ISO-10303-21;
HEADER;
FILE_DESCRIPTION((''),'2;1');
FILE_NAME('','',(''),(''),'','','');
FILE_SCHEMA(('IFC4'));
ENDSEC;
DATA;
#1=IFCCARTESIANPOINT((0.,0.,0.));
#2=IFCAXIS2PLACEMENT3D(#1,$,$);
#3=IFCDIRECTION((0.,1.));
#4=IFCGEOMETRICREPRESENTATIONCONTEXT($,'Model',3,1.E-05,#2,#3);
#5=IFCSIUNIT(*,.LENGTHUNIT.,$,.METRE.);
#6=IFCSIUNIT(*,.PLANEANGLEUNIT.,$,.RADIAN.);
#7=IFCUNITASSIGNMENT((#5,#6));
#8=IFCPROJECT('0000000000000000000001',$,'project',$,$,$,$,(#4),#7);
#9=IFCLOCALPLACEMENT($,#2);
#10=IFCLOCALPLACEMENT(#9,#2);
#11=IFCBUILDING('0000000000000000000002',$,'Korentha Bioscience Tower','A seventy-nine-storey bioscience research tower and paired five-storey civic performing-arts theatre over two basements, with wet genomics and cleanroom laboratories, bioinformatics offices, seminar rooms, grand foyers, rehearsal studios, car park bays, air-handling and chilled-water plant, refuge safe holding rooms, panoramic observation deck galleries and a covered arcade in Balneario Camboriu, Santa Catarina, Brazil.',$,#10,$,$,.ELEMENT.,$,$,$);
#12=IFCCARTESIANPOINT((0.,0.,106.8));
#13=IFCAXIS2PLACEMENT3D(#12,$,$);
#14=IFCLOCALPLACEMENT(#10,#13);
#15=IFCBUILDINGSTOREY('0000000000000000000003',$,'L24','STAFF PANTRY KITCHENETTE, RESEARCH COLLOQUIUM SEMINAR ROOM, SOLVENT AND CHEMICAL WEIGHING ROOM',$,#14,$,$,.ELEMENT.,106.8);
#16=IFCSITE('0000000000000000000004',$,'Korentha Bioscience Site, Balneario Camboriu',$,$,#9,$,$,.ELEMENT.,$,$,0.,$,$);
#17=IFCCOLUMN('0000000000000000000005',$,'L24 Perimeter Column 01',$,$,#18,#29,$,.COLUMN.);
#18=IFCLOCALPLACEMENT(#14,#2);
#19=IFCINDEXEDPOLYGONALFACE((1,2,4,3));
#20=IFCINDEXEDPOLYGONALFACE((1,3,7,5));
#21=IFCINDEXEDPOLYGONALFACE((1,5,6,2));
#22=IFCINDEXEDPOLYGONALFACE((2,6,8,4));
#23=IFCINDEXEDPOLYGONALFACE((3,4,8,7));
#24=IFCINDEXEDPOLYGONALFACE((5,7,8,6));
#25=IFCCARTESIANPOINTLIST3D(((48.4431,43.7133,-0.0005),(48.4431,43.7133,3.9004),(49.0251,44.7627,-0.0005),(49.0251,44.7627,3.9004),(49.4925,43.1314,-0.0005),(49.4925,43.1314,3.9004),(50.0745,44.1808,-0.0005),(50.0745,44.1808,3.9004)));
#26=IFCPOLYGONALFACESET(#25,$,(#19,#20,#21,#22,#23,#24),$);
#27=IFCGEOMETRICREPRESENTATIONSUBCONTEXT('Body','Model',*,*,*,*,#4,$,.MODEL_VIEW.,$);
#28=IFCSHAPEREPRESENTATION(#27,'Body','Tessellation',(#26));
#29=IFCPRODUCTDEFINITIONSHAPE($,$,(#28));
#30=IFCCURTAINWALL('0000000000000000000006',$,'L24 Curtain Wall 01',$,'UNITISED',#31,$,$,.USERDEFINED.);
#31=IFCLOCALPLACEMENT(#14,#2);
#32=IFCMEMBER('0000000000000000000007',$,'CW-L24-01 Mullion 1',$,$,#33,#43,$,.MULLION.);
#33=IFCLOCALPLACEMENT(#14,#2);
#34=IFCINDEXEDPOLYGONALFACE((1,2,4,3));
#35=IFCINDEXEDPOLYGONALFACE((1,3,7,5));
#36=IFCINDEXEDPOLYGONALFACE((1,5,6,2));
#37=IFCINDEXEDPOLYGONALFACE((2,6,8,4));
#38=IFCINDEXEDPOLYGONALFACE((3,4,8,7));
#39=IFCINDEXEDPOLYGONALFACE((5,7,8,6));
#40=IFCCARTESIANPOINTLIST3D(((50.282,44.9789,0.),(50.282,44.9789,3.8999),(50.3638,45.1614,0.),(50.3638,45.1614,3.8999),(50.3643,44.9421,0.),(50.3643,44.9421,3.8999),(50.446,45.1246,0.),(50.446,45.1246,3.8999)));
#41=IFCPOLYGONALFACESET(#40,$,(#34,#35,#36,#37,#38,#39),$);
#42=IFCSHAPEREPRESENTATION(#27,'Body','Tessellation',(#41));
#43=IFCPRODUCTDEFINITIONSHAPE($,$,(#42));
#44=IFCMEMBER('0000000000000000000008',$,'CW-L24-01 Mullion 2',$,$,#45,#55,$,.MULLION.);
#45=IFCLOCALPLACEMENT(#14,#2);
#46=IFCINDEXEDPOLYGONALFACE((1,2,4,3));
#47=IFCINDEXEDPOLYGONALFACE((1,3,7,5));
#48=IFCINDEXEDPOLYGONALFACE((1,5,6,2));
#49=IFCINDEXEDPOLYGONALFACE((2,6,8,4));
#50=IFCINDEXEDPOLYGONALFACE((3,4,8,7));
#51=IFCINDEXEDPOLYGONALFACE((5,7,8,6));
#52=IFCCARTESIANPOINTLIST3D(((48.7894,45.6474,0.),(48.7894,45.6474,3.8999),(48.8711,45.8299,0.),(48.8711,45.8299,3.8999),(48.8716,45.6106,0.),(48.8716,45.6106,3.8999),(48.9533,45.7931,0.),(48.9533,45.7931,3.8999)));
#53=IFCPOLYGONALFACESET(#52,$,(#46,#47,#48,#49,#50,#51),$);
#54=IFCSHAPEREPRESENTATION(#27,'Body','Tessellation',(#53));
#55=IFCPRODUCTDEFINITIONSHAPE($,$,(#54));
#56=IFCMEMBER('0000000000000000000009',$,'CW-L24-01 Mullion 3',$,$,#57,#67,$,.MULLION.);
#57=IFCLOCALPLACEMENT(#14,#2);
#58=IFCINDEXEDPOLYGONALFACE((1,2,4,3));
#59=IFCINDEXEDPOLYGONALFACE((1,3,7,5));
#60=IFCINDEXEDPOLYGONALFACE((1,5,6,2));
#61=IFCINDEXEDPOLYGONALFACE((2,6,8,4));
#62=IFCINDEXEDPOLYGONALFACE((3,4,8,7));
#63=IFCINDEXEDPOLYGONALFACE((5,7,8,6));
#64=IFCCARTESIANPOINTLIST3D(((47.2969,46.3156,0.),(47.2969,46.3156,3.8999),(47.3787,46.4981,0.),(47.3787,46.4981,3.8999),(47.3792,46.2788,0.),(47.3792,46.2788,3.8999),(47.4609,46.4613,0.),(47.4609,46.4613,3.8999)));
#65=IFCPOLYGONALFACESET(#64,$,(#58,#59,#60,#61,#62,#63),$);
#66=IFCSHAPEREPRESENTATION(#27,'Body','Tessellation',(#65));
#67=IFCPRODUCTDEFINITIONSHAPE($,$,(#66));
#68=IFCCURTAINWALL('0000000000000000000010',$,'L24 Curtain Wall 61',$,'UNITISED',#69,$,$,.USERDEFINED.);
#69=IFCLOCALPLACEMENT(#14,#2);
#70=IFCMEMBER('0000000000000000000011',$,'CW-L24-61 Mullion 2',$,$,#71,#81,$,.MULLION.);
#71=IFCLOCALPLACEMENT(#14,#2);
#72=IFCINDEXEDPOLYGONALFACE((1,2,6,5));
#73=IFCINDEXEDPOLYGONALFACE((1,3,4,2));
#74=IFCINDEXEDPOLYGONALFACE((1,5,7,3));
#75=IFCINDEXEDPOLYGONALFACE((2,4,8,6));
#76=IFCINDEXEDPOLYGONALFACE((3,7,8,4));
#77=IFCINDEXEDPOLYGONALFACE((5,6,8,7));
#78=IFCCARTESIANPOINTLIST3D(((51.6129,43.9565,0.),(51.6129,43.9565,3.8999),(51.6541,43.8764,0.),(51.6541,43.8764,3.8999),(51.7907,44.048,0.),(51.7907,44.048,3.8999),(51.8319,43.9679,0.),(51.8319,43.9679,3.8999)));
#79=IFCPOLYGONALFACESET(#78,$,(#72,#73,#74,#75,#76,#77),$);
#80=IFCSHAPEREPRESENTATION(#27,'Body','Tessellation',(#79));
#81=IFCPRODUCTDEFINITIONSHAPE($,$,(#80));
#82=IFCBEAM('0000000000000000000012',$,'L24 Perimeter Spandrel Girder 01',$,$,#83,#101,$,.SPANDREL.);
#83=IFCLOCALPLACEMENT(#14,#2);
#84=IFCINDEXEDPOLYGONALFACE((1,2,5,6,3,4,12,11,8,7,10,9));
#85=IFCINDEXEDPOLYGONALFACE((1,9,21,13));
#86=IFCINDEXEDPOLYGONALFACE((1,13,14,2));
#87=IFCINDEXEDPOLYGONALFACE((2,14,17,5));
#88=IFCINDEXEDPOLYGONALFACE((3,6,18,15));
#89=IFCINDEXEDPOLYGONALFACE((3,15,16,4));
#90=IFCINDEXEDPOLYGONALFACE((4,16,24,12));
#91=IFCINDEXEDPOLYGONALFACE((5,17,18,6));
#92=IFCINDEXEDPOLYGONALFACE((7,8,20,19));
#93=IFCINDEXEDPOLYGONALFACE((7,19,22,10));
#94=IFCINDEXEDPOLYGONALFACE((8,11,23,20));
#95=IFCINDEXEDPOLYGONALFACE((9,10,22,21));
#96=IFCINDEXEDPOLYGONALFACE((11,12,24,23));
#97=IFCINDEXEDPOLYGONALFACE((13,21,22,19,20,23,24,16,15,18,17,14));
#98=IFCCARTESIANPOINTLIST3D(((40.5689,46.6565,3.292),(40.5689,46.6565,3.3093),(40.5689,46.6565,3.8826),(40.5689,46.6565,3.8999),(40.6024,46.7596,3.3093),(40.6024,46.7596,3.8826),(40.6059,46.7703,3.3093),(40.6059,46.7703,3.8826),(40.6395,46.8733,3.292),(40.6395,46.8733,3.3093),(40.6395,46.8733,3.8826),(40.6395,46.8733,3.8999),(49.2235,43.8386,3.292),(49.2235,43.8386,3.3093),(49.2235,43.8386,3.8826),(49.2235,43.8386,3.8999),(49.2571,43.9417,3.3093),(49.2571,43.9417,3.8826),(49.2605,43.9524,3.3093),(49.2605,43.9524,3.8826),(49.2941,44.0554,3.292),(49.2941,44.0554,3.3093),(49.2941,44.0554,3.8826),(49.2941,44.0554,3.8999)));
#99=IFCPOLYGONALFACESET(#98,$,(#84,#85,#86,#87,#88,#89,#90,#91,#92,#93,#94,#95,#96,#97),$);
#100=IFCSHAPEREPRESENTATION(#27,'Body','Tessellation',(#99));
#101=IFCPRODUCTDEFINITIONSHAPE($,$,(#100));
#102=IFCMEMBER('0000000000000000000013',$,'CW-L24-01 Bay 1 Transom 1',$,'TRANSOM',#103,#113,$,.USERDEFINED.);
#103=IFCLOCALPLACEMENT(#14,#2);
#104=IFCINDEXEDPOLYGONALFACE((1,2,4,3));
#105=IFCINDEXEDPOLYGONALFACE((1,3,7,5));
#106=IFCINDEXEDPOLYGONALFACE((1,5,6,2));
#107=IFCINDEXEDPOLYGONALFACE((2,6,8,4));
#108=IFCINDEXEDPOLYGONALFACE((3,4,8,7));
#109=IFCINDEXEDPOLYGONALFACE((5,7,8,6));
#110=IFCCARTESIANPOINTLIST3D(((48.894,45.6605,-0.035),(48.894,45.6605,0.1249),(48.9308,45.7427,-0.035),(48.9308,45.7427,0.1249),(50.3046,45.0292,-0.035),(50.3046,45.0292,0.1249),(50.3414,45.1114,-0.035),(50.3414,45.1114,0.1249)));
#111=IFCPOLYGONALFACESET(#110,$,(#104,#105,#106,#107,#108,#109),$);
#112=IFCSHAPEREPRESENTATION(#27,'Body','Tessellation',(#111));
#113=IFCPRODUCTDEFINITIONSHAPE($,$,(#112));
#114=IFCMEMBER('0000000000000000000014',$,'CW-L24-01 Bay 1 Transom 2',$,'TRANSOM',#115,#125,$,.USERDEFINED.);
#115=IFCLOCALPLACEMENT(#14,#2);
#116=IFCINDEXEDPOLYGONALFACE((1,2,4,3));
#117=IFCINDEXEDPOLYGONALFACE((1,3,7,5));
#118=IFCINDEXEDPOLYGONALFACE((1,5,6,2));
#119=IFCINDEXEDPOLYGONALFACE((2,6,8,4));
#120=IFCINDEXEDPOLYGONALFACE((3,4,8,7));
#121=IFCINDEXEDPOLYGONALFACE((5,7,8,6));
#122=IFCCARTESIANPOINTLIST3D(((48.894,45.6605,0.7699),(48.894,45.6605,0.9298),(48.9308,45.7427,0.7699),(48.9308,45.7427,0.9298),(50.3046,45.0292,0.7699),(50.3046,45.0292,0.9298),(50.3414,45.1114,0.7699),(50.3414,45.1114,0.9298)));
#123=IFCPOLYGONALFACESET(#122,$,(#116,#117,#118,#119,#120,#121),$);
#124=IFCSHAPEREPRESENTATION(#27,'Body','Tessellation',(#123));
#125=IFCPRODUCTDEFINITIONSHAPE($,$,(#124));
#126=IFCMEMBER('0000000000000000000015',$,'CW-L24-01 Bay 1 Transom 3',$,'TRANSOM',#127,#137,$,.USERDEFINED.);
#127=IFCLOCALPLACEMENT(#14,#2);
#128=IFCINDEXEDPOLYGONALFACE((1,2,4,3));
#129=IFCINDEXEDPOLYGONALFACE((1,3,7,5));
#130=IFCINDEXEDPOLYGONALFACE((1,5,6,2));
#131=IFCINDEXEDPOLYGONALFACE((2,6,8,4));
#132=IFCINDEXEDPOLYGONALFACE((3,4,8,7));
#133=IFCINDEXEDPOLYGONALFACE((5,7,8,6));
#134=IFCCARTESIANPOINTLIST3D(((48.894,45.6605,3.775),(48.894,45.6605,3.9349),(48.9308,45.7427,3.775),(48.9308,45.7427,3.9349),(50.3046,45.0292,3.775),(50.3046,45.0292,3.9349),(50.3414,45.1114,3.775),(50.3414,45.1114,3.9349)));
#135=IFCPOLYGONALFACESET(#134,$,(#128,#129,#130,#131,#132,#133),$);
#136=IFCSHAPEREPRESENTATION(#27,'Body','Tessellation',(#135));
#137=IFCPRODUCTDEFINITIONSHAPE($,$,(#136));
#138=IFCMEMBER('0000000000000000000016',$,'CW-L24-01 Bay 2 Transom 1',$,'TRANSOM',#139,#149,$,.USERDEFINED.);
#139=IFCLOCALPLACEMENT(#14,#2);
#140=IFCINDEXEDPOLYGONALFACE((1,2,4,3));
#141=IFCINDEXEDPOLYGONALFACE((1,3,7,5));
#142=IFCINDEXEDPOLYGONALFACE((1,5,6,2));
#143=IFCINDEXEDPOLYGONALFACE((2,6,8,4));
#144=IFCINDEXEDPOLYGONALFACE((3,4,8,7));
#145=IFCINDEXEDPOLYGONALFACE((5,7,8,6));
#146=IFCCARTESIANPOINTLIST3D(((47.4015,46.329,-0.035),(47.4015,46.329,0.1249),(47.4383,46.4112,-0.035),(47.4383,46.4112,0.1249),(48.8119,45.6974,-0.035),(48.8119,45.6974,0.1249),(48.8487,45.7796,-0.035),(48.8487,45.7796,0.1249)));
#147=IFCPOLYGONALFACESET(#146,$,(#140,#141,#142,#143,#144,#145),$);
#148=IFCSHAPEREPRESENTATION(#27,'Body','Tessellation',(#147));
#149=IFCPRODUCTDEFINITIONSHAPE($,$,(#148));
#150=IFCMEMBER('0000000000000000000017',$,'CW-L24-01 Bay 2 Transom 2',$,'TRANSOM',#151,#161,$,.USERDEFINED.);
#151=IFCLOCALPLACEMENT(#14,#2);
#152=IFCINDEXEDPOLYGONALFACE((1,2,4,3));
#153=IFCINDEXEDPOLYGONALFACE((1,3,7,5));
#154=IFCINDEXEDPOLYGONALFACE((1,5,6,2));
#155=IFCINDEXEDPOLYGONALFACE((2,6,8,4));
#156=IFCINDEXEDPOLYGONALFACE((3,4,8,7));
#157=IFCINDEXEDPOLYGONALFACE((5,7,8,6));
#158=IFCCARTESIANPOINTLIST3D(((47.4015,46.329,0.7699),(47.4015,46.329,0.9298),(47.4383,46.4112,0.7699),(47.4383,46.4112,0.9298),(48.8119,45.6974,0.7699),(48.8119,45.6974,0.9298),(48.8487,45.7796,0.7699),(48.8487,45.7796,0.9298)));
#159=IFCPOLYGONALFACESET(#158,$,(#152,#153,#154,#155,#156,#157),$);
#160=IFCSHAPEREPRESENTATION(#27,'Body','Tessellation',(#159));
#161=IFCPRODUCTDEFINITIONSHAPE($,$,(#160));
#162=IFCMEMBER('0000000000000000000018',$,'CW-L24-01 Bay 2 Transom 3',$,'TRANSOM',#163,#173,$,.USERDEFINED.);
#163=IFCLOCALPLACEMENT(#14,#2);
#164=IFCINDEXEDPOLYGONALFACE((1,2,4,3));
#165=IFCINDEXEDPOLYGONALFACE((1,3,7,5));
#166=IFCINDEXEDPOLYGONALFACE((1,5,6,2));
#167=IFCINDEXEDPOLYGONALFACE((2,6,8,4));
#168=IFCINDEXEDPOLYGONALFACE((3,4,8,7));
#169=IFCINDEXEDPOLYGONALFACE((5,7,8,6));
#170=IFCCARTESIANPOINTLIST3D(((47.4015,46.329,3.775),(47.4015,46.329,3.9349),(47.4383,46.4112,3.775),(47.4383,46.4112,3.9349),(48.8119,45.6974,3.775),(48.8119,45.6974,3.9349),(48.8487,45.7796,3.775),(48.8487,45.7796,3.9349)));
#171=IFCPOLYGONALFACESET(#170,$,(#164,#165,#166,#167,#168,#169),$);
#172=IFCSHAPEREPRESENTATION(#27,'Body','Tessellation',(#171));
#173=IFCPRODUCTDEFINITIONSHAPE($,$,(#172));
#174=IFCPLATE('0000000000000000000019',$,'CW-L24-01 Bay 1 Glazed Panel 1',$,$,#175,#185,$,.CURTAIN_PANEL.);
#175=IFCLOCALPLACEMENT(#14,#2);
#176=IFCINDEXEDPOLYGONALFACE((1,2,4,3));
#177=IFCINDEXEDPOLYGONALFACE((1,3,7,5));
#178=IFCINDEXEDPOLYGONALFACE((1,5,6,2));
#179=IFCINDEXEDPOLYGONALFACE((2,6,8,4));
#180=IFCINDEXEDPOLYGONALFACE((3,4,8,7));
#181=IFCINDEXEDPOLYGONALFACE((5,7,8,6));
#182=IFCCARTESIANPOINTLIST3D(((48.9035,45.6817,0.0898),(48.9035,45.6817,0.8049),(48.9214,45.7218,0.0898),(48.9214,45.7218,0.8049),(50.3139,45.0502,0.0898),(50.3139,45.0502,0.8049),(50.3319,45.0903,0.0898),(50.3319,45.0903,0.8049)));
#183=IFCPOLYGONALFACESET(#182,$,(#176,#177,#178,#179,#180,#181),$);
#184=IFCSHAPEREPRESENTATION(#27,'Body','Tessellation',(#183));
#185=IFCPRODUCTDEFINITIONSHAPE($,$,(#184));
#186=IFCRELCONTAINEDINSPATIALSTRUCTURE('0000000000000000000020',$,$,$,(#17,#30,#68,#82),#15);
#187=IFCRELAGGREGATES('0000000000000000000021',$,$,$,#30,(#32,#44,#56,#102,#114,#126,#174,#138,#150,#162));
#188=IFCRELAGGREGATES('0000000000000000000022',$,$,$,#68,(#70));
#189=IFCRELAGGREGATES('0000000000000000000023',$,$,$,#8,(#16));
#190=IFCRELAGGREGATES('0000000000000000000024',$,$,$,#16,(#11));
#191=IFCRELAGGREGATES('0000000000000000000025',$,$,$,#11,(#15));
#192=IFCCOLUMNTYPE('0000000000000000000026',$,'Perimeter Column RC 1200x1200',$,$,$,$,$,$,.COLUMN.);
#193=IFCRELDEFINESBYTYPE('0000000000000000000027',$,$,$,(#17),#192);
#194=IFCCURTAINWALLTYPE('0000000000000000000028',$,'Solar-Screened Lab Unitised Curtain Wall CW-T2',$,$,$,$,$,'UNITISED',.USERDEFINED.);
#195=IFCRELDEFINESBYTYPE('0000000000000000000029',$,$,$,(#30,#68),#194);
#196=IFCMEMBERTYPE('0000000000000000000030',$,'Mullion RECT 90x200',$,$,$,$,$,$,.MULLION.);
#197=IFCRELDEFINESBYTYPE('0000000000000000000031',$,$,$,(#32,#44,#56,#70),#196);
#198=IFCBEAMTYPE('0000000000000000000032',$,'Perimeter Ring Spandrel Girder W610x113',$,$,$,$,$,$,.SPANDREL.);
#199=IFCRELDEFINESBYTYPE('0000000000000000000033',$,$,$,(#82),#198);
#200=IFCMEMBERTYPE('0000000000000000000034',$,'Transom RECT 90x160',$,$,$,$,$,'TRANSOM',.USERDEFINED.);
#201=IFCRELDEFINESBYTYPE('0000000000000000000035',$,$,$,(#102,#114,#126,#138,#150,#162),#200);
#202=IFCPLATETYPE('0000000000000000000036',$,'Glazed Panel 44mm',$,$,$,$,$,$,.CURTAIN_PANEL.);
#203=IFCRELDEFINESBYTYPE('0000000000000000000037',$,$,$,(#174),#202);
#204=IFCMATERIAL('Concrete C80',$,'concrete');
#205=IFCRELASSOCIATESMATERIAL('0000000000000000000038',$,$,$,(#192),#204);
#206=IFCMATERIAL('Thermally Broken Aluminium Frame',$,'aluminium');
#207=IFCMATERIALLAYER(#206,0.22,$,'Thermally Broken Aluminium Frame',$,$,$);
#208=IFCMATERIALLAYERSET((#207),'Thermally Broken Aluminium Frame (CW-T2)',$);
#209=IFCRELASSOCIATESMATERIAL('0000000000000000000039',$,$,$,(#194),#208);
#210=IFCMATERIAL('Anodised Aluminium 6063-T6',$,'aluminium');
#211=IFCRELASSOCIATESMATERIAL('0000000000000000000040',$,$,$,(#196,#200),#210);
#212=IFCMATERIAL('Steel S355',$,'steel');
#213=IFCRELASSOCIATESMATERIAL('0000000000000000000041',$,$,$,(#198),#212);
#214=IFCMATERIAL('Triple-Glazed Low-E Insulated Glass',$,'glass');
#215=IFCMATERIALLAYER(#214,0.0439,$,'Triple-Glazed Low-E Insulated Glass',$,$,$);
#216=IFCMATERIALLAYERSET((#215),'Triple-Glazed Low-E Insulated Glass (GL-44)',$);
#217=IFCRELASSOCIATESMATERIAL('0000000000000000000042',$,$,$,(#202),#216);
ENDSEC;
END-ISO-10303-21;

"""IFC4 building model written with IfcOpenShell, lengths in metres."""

from ifc_helpers import new_model, si_unit, direction, frame, origin, origin_2d, place, context, subcontext, project, spatial, rectangle, i_section, extrude, material, layer, layer_set, material_profile, profile_set, type_object, element, aggregate, save


model = new_model("IFC4")

# Units and contexts
model_context = context("Model", 3, precision=1e-05, world=origin(), true_north=direction((0.0, 1.0)))
body_context = subcontext(model_context, "Body", "Model", "MODEL_VIEW")
ifc_project = project(units=[si_unit("LENGTHUNIT", "METRE"), si_unit("PLANEANGLEUNIT", "RADIAN")], contexts=[model_context])

# Site, building, storey
site_placement = place(None, origin())
site = spatial("IfcSite", under=ifc_project, at=site_placement, Name="Korentha Bioscience Site, Balneario Camboriu", CompositionType="ELEMENT", RefElevation=0.0)
building_placement = place(site_placement, origin())
building = spatial("IfcBuilding", under=site, at=building_placement, Name="Korentha Bioscience Tower", Description="A seventy-nine-storey bioscience research tower and paired five-storey civic performing-arts theatre over two basements, with wet genomics and cleanroom laboratories, bioinformatics offices, seminar rooms, grand foyers, rehearsal studios, car park bays, air-handling and chilled-water plant, refuge safe holding rooms, panoramic observation deck galleries and a covered arcade in Balneario Camboriu, Santa Catarina, Brazil.", CompositionType="ELEMENT")
storey_placement = place(building_placement, frame((0.0, 0.0, 106.8)))
storey = spatial("IfcBuildingStorey", under=building, at=storey_placement, Name="L24", Description="STAFF PANTRY KITCHENETTE, RESEARCH COLLOQUIUM SEMINAR ROOM, SOLVENT AND CHEMICAL WEIGHING ROOM", CompositionType="ELEMENT", Elevation=106.8)

# Column
ifc_material_1 = material(Name="Concrete C80", Category="concrete")
ifc_material_profile_1 = material_profile(ifc_material_1, rectangle(XDim=1.2, YDim=1.2, at=origin_2d()), Name="Concrete C80")
ifc_profile_set_1 = profile_set([ifc_material_profile_1], Name="Concrete C80 (COL-P12)")
column_type = type_object("IfcColumnType", Name="Perimeter Column RC 1200x1200", PredefinedType="COLUMN", material=ifc_profile_set_1)
column_placement = place(storey_placement, frame((49.2588, 43.947, -0.0005), z_axis=(0.0, 0.0, 1.0), x_axis=(-0.874535, 0.484962, 0.0)))
element("IfcColumn", 1, at=column_placement, inside=storey, type_object=column_type, Name="L24 Perimeter Column 01", PredefinedType="COLUMN", context=body_context, shape_type="SweptSolid", body=[
    extrude(rectangle(XDim=1.2, YDim=1.2, at=origin_2d()), origin(), (0.0, 0.0, 1.0), 3.9009),
])

# Curtain wall, members
ifc_material_2 = material(Name="Thermally Broken Aluminium Frame", Category="aluminium")
ifc_layer_1 = layer(ifc_material_2, 0.22, Name="Thermally Broken Aluminium Frame")
ifc_layer_set_1 = layer_set([ifc_layer_1], Name="Thermally Broken Aluminium Frame (CW-T2)")
curtain_wall_type = type_object("IfcCurtainWallType", Name="Solar-Screened Lab Unitised Curtain Wall CW-T2", ElementType="UNITISED", PredefinedType="USERDEFINED", material=ifc_layer_set_1)
curtain_wall_1_placement = place(storey_placement, origin())
curtain_wall_1 = element("IfcCurtainWall", 2, at=curtain_wall_1_placement, inside=storey, type_object=curtain_wall_type, Name="L24 Curtain Wall 01", ObjectType="UNITISED", PredefinedType="USERDEFINED")
ifc_material_3 = material(Name="Anodised Aluminium 6063-T6", Category="aluminium")
ifc_material_profile_2 = material_profile(ifc_material_3, rectangle(XDim=0.0901, YDim=0.2, at=origin_2d()), Name="Anodised Aluminium 6063-T6")
ifc_profile_set_2 = profile_set([ifc_material_profile_2], Name="Anodised Aluminium 6063-T6 (CW-MUL)")
member_type_1 = type_object("IfcMemberType", Name="Mullion RECT 90x200", PredefinedType="MULLION", material=ifc_profile_set_2)
member_1_placement = place(storey_placement, frame((50.364, 45.0518, 0.0), z_axis=(0.0, 0.0, 1.0), x_axis=(-0.912687, 0.40866, 0.0)))
member_1 = element("IfcMember", 3, at=member_1_placement, type_object=member_type_1, Name="CW-L24-01 Mullion 1", PredefinedType="MULLION", context=body_context, shape_type="SweptSolid", body=[
    extrude(rectangle(XDim=0.0901, YDim=0.2, at=origin_2d()), origin(), (0.0, 0.0, 1.0), 3.8999),
])
member_2_placement = place(storey_placement, frame((48.8713, 45.7202, 0.0), z_axis=(0.0, 0.0, 1.0), x_axis=(-0.912687, 0.40866, 0.0)))
member_2 = element("IfcMember", 4, at=member_2_placement, type_object=member_type_1, Name="CW-L24-01 Mullion 2", PredefinedType="MULLION", context=body_context, shape_type="SweptSolid", body=[
    extrude(rectangle(XDim=0.0901, YDim=0.2, at=origin_2d()), origin(), (0.0, 0.0, 1.0), 3.8999),
])
member_3_placement = place(storey_placement, frame((47.3789, 46.3884, 0.0), z_axis=(0.0, 0.0, 1.0), x_axis=(-0.912687, 0.40866, 0.0)))
member_3 = element("IfcMember", 5, at=member_3_placement, type_object=member_type_1, Name="CW-L24-01 Mullion 3", PredefinedType="MULLION", context=body_context, shape_type="SweptSolid", body=[
    extrude(rectangle(XDim=0.0901, YDim=0.2, at=origin_2d()), origin(), (0.0, 0.0, 1.0), 3.8999),
])

# Curtain wall, member
curtain_wall_2_placement = place(storey_placement, origin())
curtain_wall_2 = element("IfcCurtainWall", 6, at=curtain_wall_2_placement, inside=storey, type_object=curtain_wall_type, Name="L24 Curtain Wall 61", ObjectType="UNITISED", PredefinedType="USERDEFINED")
member_4_placement = place(storey_placement, frame((51.7224, 43.9622, 0.0), z_axis=(0.0, 0.0, 1.0), x_axis=(-0.457613, 0.889151, 0.0)))
member_4 = element("IfcMember", 7, at=member_4_placement, type_object=member_type_1, Name="CW-L24-61 Mullion 2", PredefinedType="MULLION", context=body_context, shape_type="SweptSolid", body=[
    extrude(rectangle(XDim=0.0901, YDim=0.2, at=origin_2d()), origin(), (0.0, 0.0, 1.0), 3.8999),
])

# Beam
ifc_material_4 = material(Name="Steel S355", Category="steel")
ifc_material_profile_3 = material_profile(ifc_material_4, i_section(OverallWidth=0.228, OverallDepth=0.6079, WebThickness=0.0112, FlangeThickness=0.0173, at=origin_2d()), Name="Steel S355")
ifc_profile_set_3 = profile_set([ifc_material_profile_3], Name="Steel S355 (SB-610)")
beam_type = type_object("IfcBeamType", Name="Perimeter Ring Spandrel Girder W610x113", PredefinedType="SPANDREL", material=ifc_profile_set_3)
beam_placement = place(storey_placement, frame((49.2588, 43.947, 3.5959), z_axis=(-0.950868, 0.309597, 0.0), x_axis=(-0.309597, -0.950868, 0.0)))
element("IfcBeam", 8, at=beam_placement, inside=storey, type_object=beam_type, Name="L24 Perimeter Spandrel Girder 01", PredefinedType="SPANDREL", context=body_context, shape_type="SweptSolid", body=[
    extrude(i_section(OverallWidth=0.228, OverallDepth=0.6079, WebThickness=0.0112, FlangeThickness=0.0173, at=origin_2d()), origin(), (0.0, 0.0, 1.0), 9.1018),
])

# Members
ifc_material_profile_4 = material_profile(ifc_material_3, rectangle(XDim=0.0901, YDim=0.1599, at=origin_2d()), Name="Anodised Aluminium 6063-T6")
ifc_profile_set_4 = profile_set([ifc_material_profile_4], Name="Anodised Aluminium 6063-T6 (CW-TRN)")
member_type_2 = type_object("IfcMemberType", Name="Transom RECT 90x160", ElementType="TRANSOM", PredefinedType="USERDEFINED", material=ifc_profile_set_4)
member_5_placement = place(storey_placement, frame((50.323, 45.0703, 0.0449), z_axis=(-0.912753, 0.408512, 0.0), x_axis=(-0.408512, -0.912753, 0.0)))
member_5 = element("IfcMember", 9, at=member_5_placement, type_object=member_type_2, Name="CW-L24-01 Bay 1 Transom 1", ObjectType="TRANSOM", PredefinedType="USERDEFINED", context=body_context, shape_type="SweptSolid", body=[
    extrude(rectangle(XDim=0.0901, YDim=0.1599, at=origin_2d()), origin(), (0.0, 0.0, 1.0), 1.5454),
])
member_6_placement = place(storey_placement, frame((50.323, 45.0703, 0.8499), z_axis=(-0.912753, 0.408512, 0.0), x_axis=(-0.408512, -0.912753, 0.0)))
member_6 = element("IfcMember", 10, at=member_6_placement, type_object=member_type_2, Name="CW-L24-01 Bay 1 Transom 2", ObjectType="TRANSOM", PredefinedType="USERDEFINED", context=body_context, shape_type="SweptSolid", body=[
    extrude(rectangle(XDim=0.0901, YDim=0.1599, at=origin_2d()), origin(), (0.0, 0.0, 1.0), 1.5454),
])
member_7_placement = place(storey_placement, frame((50.323, 45.0703, 3.855), z_axis=(-0.912753, 0.408512, 0.0), x_axis=(-0.408512, -0.912753, 0.0)))
member_7 = element("IfcMember", 11, at=member_7_placement, type_object=member_type_2, Name="CW-L24-01 Bay 1 Transom 3", ObjectType="TRANSOM", PredefinedType="USERDEFINED", context=body_context, shape_type="SweptSolid", body=[
    extrude(rectangle(XDim=0.0901, YDim=0.1599, at=origin_2d()), origin(), (0.0, 0.0, 1.0), 1.5454),
])
member_8_placement = place(storey_placement, frame((48.8303, 45.7385, 0.0449), z_axis=(-0.912668, 0.408702, 0.0), x_axis=(-0.408702, -0.912668, 0.0)))
member_8 = element("IfcMember", 12, at=member_8_placement, type_object=member_type_2, Name="CW-L24-01 Bay 2 Transom 1", ObjectType="TRANSOM", PredefinedType="USERDEFINED", context=body_context, shape_type="SweptSolid", body=[
    extrude(rectangle(XDim=0.0901, YDim=0.1599, at=origin_2d()), origin(), (0.0, 0.0, 1.0), 1.5454),
])
member_9_placement = place(storey_placement, frame((48.8303, 45.7385, 0.8499), z_axis=(-0.912668, 0.408702, 0.0), x_axis=(-0.408702, -0.912668, 0.0)))
member_9 = element("IfcMember", 13, at=member_9_placement, type_object=member_type_2, Name="CW-L24-01 Bay 2 Transom 2", ObjectType="TRANSOM", PredefinedType="USERDEFINED", context=body_context, shape_type="SweptSolid", body=[
    extrude(rectangle(XDim=0.0901, YDim=0.1599, at=origin_2d()), origin(), (0.0, 0.0, 1.0), 1.5454),
])
member_10_placement = place(storey_placement, frame((48.8303, 45.7385, 3.855), z_axis=(-0.912668, 0.408702, 0.0), x_axis=(-0.408702, -0.912668, 0.0)))
member_10 = element("IfcMember", 14, at=member_10_placement, type_object=member_type_2, Name="CW-L24-01 Bay 2 Transom 3", ObjectType="TRANSOM", PredefinedType="USERDEFINED", context=body_context, shape_type="SweptSolid", body=[
    extrude(rectangle(XDim=0.0901, YDim=0.1599, at=origin_2d()), origin(), (0.0, 0.0, 1.0), 1.5454),
])

# Plate
ifc_material_5 = material(Name="Triple-Glazed Low-E Insulated Glass", Category="glass")
ifc_layer_2 = layer(ifc_material_5, 0.0439, Name="Triple-Glazed Low-E Insulated Glass")
ifc_layer_set_2 = layer_set([ifc_layer_2], Name="Triple-Glazed Low-E Insulated Glass (GL-44)")
plate_type = type_object("IfcPlateType", Name="Glazed Panel 44mm", PredefinedType="CURTAIN_PANEL", material=ifc_layer_set_2)
plate_1_placement = place(storey_placement, frame((49.6177, 45.386, 0.0898), z_axis=(0.0, 0.0, 1.0), x_axis=(-0.912687, 0.40866, 0.0)))
plate_1 = element("IfcPlate", 15, at=plate_1_placement, type_object=plate_type, Name="CW-L24-01 Bay 1 Glazed Panel 1", PredefinedType="CURTAIN_PANEL", context=body_context, shape_type="SweptSolid", body=[
    extrude(rectangle(XDim=1.5454, YDim=0.0439, at=origin_2d()), origin(), (0.0, 0.0, 1.0), 0.7151),
])
aggregate(curtain_wall_1, [member_1, member_2, member_3, member_5, member_6, member_7, plate_1, member_8, member_9, member_10])
aggregate(curtain_wall_2, [member_4])

save(model, "model.ifc")
